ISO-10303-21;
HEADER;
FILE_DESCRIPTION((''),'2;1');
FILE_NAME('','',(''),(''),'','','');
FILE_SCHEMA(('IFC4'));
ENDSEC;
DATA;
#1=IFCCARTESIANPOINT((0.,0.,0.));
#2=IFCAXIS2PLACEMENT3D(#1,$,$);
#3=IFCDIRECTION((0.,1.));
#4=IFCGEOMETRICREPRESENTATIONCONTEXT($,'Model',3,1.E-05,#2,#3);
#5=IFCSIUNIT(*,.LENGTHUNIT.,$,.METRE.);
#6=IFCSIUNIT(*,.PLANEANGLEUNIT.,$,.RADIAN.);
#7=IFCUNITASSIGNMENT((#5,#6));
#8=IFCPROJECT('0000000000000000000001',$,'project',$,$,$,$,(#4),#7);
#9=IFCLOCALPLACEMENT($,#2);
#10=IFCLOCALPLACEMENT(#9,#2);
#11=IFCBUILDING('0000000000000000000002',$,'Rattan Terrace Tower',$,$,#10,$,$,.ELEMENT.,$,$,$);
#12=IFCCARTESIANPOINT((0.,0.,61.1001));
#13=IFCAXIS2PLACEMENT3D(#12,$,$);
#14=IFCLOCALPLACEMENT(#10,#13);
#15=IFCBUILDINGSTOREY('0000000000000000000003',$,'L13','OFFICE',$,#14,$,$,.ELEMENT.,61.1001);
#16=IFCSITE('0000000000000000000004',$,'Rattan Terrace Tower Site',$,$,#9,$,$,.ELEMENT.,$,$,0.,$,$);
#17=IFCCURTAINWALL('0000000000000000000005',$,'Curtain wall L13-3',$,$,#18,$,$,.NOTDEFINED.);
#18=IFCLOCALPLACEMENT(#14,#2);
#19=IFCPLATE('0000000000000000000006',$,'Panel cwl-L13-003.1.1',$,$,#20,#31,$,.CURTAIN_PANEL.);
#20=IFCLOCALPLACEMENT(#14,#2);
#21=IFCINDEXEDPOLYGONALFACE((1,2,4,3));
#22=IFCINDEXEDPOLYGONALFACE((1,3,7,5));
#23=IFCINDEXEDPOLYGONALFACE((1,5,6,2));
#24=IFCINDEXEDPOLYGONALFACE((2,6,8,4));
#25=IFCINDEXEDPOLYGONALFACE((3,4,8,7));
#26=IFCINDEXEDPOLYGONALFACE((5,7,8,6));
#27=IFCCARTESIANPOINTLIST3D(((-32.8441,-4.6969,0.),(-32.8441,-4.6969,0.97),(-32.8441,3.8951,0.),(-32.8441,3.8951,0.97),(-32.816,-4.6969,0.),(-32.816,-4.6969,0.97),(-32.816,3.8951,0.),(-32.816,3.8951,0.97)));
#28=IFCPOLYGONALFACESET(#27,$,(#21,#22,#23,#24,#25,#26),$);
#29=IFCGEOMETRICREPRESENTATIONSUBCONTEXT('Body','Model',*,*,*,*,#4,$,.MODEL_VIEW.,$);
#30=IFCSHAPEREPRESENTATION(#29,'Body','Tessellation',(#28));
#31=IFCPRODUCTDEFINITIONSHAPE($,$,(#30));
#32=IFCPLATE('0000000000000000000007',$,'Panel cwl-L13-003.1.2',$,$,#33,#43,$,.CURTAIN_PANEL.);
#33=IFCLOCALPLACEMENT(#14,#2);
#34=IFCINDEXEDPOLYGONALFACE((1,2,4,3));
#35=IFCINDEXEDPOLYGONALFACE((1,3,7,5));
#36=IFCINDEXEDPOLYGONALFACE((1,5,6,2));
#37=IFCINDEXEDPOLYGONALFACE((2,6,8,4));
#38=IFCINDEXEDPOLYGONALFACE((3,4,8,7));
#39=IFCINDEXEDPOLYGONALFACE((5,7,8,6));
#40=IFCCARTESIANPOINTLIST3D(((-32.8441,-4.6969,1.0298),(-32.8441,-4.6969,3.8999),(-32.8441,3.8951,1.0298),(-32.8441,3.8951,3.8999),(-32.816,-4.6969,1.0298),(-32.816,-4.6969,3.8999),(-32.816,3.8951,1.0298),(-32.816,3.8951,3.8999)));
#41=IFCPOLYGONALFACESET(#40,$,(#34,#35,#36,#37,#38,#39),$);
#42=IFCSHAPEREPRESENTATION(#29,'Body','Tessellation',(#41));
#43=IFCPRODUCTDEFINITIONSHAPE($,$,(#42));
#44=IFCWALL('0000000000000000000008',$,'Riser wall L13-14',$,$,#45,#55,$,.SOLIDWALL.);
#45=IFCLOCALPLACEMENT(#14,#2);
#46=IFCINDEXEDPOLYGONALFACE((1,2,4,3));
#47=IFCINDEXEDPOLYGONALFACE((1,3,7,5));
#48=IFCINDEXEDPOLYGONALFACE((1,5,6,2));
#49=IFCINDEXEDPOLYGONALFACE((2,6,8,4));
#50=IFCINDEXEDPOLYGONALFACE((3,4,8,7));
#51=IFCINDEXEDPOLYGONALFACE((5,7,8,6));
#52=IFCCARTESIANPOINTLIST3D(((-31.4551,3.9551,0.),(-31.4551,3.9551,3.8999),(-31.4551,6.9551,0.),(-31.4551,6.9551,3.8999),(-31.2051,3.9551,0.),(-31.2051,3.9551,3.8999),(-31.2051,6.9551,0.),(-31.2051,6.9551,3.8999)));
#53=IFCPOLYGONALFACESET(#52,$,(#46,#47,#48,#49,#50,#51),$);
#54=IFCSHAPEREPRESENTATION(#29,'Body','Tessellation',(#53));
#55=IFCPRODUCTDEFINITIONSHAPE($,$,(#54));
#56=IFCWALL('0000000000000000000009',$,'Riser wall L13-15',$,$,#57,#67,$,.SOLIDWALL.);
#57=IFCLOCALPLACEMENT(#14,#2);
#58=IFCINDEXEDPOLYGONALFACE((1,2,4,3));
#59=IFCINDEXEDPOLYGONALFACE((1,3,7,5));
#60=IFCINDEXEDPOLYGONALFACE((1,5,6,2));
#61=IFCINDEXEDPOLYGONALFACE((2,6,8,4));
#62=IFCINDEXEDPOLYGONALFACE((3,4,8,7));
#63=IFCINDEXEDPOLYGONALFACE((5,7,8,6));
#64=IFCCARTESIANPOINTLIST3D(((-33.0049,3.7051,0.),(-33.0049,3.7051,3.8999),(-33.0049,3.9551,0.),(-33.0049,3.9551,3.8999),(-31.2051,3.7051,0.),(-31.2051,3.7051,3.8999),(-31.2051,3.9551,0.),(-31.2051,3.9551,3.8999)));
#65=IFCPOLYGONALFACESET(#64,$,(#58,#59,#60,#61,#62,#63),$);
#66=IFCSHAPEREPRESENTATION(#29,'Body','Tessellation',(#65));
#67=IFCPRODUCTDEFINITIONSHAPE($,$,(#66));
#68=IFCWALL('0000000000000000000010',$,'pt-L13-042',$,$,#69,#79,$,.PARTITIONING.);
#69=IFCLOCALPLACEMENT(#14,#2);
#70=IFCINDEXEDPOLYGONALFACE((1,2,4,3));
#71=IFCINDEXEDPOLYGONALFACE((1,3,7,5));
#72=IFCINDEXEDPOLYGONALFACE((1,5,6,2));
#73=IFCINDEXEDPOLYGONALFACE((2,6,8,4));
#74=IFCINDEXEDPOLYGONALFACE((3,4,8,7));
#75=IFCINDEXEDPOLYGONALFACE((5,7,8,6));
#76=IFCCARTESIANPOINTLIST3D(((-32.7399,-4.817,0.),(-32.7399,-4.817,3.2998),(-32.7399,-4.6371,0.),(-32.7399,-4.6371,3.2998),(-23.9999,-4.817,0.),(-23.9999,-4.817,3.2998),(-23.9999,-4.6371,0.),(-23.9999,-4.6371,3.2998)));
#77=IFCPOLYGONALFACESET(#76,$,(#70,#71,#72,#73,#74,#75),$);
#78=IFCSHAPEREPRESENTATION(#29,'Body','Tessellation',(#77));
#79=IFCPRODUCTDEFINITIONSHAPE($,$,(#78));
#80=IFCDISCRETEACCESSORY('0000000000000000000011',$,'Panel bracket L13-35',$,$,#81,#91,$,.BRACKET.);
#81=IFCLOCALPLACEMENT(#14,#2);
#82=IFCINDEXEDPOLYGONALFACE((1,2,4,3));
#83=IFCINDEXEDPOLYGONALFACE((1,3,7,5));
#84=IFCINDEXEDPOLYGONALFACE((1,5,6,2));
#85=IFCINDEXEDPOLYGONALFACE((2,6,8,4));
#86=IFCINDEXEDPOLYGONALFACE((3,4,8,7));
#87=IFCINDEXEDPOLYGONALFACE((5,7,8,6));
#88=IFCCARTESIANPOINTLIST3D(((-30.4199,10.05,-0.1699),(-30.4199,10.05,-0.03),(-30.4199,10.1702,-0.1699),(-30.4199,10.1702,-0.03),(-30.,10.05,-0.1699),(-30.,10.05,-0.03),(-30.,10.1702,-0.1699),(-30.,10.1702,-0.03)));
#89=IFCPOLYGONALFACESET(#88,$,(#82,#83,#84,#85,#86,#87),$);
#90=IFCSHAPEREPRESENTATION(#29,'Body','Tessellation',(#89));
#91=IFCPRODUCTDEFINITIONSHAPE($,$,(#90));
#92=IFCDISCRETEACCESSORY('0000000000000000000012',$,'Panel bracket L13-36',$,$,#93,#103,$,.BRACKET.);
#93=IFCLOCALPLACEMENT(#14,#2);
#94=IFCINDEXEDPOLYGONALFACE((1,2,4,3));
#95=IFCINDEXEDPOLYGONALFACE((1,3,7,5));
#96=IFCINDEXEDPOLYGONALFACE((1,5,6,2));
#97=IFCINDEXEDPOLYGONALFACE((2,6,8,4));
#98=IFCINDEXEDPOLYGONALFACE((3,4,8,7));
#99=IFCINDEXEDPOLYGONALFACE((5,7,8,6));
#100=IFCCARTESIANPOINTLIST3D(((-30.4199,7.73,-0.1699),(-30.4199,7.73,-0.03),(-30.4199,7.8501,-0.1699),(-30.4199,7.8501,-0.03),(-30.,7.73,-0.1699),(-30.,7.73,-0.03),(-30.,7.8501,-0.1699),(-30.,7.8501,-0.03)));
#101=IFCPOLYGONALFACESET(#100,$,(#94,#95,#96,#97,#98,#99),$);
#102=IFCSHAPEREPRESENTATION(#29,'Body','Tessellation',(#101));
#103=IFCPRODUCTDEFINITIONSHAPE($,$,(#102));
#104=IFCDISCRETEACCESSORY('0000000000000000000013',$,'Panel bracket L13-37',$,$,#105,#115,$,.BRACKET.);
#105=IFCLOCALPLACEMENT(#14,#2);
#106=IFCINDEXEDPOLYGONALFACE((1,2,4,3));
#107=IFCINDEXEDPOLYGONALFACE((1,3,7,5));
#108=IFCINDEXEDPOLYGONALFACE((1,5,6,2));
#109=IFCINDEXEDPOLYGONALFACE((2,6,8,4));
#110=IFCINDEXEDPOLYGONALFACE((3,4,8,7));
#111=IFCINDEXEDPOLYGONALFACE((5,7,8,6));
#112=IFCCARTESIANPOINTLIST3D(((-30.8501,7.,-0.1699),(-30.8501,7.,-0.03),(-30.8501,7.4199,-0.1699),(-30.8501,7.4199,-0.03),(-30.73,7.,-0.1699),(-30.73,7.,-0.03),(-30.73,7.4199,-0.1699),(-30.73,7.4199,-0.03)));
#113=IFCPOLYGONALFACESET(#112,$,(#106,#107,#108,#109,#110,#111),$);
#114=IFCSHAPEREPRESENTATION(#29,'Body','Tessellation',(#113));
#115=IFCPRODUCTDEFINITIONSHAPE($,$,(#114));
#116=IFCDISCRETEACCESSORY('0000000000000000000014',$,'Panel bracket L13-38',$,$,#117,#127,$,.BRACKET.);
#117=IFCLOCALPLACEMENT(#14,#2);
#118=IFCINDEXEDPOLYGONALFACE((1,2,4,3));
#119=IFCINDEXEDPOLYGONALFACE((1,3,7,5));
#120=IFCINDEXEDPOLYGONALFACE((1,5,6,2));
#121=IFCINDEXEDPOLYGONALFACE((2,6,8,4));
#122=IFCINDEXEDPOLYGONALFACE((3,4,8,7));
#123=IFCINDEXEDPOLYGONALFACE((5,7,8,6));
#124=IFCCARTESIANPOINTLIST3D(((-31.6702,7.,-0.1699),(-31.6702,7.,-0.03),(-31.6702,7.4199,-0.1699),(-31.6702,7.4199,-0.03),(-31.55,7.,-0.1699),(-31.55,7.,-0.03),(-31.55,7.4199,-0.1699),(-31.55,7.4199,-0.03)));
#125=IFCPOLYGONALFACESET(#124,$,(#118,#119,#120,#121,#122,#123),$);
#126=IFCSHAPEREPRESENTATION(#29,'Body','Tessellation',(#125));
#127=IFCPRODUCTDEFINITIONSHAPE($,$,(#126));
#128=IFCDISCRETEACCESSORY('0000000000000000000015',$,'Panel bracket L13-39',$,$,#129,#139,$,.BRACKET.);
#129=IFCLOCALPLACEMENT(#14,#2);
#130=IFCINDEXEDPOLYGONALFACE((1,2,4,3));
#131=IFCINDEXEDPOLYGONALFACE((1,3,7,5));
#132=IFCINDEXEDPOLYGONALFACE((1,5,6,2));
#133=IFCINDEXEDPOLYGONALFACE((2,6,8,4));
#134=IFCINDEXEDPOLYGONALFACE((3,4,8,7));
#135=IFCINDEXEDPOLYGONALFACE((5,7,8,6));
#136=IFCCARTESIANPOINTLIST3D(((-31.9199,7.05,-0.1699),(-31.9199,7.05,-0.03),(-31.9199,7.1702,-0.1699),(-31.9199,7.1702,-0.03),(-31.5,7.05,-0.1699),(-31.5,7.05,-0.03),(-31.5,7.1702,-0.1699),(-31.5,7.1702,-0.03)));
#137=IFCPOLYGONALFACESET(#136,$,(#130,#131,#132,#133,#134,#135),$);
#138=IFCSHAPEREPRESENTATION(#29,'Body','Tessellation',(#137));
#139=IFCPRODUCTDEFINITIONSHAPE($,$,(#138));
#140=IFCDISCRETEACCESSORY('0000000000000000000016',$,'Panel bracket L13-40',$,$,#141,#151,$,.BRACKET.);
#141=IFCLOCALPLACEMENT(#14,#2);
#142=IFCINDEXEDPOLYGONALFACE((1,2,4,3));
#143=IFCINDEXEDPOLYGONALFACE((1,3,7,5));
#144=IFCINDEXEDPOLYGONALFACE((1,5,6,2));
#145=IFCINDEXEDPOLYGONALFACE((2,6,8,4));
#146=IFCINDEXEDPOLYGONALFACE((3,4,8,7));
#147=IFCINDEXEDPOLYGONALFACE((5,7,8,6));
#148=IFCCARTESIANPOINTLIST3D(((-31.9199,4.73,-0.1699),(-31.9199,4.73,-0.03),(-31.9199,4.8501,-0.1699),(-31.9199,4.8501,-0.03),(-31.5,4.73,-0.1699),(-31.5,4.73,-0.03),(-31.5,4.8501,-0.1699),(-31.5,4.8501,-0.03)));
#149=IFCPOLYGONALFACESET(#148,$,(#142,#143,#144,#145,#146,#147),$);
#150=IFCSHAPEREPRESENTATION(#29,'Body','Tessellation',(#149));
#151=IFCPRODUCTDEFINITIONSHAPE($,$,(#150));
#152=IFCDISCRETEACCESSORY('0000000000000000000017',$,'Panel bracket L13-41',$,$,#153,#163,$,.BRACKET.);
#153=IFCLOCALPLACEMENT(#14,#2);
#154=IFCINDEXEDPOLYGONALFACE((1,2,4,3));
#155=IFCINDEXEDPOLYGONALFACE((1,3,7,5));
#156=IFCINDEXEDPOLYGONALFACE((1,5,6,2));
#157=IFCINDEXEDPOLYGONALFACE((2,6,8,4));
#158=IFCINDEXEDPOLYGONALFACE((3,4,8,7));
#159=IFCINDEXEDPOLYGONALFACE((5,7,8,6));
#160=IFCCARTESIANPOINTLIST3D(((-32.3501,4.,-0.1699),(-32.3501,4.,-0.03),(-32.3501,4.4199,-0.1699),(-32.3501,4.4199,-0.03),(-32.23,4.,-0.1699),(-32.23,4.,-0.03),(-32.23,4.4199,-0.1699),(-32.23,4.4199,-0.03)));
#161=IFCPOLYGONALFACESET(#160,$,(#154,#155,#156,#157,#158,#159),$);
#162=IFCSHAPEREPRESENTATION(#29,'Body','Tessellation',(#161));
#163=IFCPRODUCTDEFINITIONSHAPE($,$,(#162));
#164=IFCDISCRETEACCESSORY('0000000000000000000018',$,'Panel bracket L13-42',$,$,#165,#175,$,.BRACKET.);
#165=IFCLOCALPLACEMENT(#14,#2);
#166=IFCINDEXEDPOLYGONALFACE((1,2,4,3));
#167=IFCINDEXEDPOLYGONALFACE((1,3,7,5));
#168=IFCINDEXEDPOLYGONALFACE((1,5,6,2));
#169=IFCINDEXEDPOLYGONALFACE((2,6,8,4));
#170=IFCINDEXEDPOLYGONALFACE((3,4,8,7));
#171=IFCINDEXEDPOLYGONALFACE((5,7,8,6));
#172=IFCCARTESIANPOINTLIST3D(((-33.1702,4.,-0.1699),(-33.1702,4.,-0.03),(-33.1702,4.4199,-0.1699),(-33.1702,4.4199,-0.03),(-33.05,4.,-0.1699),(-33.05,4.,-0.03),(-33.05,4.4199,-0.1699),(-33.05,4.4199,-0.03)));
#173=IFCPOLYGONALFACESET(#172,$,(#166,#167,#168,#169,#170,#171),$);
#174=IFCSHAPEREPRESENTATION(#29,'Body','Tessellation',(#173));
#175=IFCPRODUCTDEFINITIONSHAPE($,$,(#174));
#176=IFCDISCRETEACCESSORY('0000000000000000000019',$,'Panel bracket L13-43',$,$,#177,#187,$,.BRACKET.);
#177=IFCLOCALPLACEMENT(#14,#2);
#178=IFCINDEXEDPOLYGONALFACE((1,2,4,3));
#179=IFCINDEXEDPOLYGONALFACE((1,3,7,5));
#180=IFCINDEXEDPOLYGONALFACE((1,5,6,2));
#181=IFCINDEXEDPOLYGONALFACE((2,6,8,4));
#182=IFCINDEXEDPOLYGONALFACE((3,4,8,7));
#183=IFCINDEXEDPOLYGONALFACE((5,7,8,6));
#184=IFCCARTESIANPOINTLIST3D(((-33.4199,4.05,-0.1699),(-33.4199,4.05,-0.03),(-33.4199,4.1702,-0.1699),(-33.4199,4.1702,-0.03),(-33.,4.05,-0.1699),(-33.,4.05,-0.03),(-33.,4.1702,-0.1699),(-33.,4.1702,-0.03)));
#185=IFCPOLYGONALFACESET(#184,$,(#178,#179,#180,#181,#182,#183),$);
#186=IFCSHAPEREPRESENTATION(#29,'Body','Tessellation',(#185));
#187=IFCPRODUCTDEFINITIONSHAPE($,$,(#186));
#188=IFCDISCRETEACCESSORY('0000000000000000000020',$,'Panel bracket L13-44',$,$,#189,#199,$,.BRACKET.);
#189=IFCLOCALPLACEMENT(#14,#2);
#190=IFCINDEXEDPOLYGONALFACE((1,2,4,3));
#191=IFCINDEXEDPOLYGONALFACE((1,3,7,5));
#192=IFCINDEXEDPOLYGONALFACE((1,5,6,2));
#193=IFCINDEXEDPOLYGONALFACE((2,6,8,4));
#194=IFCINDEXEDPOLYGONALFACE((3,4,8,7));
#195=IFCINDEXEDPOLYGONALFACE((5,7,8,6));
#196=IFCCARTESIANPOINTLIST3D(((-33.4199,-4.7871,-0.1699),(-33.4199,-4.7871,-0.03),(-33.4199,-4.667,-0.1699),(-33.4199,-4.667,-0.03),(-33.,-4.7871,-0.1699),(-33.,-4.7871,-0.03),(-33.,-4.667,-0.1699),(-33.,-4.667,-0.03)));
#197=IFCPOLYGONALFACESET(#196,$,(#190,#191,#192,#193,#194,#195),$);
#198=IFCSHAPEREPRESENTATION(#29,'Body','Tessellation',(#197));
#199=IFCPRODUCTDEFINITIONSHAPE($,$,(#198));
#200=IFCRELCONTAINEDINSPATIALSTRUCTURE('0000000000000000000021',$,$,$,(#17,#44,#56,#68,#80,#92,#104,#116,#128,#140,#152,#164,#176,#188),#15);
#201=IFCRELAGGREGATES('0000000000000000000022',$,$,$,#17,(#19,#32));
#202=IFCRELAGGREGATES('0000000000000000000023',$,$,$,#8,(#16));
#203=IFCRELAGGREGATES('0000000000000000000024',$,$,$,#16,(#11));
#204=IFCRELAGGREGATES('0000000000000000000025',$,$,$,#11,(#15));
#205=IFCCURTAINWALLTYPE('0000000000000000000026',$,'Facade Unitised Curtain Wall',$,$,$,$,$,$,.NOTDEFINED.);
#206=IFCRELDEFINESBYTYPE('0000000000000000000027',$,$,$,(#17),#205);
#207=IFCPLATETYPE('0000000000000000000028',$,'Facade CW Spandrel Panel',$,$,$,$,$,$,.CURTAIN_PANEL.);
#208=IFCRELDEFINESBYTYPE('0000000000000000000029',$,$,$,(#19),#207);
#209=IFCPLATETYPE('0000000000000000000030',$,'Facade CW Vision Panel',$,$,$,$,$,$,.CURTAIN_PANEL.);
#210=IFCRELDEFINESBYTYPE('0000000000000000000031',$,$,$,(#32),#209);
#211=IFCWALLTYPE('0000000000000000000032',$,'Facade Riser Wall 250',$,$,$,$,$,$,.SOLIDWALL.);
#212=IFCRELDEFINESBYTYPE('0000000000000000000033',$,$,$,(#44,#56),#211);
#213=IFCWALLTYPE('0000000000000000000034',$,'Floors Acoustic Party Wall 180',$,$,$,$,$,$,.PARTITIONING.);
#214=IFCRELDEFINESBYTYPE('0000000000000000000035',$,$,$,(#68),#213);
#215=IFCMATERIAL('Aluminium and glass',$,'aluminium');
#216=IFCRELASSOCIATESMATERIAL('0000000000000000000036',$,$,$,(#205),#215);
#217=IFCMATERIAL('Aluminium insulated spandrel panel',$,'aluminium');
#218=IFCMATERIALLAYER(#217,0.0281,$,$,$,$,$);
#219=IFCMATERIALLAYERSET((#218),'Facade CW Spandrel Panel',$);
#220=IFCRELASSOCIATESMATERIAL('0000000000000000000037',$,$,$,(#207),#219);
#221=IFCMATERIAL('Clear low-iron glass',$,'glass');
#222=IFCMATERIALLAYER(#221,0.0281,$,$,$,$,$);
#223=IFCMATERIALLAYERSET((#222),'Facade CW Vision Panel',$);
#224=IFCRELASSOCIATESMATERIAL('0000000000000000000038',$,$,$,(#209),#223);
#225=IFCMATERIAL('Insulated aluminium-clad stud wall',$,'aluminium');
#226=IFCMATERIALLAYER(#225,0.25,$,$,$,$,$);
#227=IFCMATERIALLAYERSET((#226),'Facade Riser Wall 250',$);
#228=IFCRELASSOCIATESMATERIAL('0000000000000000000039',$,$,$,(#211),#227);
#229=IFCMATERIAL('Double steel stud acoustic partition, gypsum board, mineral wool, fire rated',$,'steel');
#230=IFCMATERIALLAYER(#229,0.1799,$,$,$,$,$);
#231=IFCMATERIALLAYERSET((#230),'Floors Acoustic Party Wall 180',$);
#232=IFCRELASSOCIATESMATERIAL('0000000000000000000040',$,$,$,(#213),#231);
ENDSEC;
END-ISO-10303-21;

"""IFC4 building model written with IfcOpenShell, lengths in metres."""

from ifc_helpers import new_model, si_unit, direction, frame, frame_2d, origin, origin_2d, place, context, subcontext, project, spatial, rectangle, extrude, material, layer, layer_set, type_object, element, aggregate, save


model = new_model("IFC4")

# Units and contexts
model_context = context("Model", 3, precision=1e-05, world=origin(), true_north=direction((0.0, 1.0)))
body_context = subcontext(model_context, "Body", "Model", "MODEL_VIEW")
ifc_project = project(units=[si_unit("LENGTHUNIT", "METRE"), si_unit("PLANEANGLEUNIT", "RADIAN")], contexts=[model_context])

# Site, building, storey
site_placement = place(None, origin())
site = spatial("IfcSite", under=ifc_project, at=site_placement, Name="Rattan Terrace Tower Site", CompositionType="ELEMENT", RefElevation=0.0)
building_placement = place(site_placement, origin())
building = spatial("IfcBuilding", under=site, at=building_placement, Name="Rattan Terrace Tower", CompositionType="ELEMENT")
storey_placement = place(building_placement, frame((0.0, 0.0, 61.1001)))
storey = spatial("IfcBuildingStorey", under=building, at=storey_placement, Name="L13", Description="OFFICE", CompositionType="ELEMENT", Elevation=61.1001)

# Curtain wall
ifc_material_1 = material(Name="Aluminium and glass", Category="aluminium")
curtain_wall_type = type_object("IfcCurtainWallType", Name="Facade Unitised Curtain Wall", PredefinedType="NOTDEFINED", material=ifc_material_1)
curtain_wall_placement = place(storey_placement, origin())
curtain_wall = element("IfcCurtainWall", 1, at=curtain_wall_placement, inside=storey, type_object=curtain_wall_type, Name="Curtain wall L13-3", PredefinedType="NOTDEFINED")

# Plates
ifc_material_2 = material(Name="Aluminium insulated spandrel panel", Category="aluminium")
ifc_layer_1 = layer(ifc_material_2, 0.0281)
ifc_layer_set_1 = layer_set([ifc_layer_1], Name="Facade CW Spandrel Panel")
plate_type_1 = type_object("IfcPlateType", Name="Facade CW Spandrel Panel", PredefinedType="CURTAIN_PANEL", material=ifc_layer_set_1)
plate_1_placement = place(storey_placement, frame((-32.8301, -0.4009, 0.0), z_axis=(0.0, 0.0, 1.0), x_axis=(0.0, -1.0, 0.0)))
plate_1 = element("IfcPlate", 2, at=plate_1_placement, type_object=plate_type_1, Name="Panel cwl-L13-003.1.1", PredefinedType="CURTAIN_PANEL", context=body_context, shape_type="SweptSolid", body=[
    extrude(rectangle(XDim=8.592, YDim=0.0281, at=origin_2d()), origin(), (0.0, 0.0, 1.0), 0.97),
])
ifc_material_3 = material(Name="Clear low-iron glass", Category="glass")
ifc_layer_2 = layer(ifc_material_3, 0.0281)
ifc_layer_set_2 = layer_set([ifc_layer_2], Name="Facade CW Vision Panel")
plate_type_2 = type_object("IfcPlateType", Name="Facade CW Vision Panel", PredefinedType="CURTAIN_PANEL", material=ifc_layer_set_2)
plate_2_placement = place(storey_placement, frame((-32.8301, -0.4009, 1.0298), z_axis=(0.0, 0.0, 1.0), x_axis=(0.0, -1.0, 0.0)))
plate_2 = element("IfcPlate", 3, at=plate_2_placement, type_object=plate_type_2, Name="Panel cwl-L13-003.1.2", PredefinedType="CURTAIN_PANEL", context=body_context, shape_type="SweptSolid", body=[
    extrude(rectangle(XDim=8.592, YDim=0.0281, at=origin_2d()), origin(), (0.0, 0.0, 1.0), 2.8701),
])
aggregate(curtain_wall, [plate_1, plate_2])

# Walls
ifc_material_4 = material(Name="Insulated aluminium-clad stud wall", Category="aluminium")
ifc_layer_3 = layer(ifc_material_4, 0.25)
ifc_layer_set_3 = layer_set([ifc_layer_3], Name="Facade Riser Wall 250")
wall_type_1 = type_object("IfcWallType", Name="Facade Riser Wall 250", PredefinedType="SOLIDWALL", material=ifc_layer_set_3)
wall_1_placement = place(storey_placement, frame((-31.3301, 6.9551, 0.0), z_axis=(0.0, 0.0, 1.0), x_axis=(0.0, -1.0, 0.0)))
element("IfcWall", 4, at=wall_1_placement, inside=storey, type_object=wall_type_1, Name="Riser wall L13-14", PredefinedType="SOLIDWALL", context=body_context, shape_type="SweptSolid", body=[
    extrude(rectangle(XDim=3.0, YDim=0.25, at=frame_2d((1.5, 0.0))), origin(), (0.0, 0.0, 1.0), 3.8999),
])
wall_2_placement = place(storey_placement, frame((-31.2051, 3.8301, 0.0), z_axis=(0.0, 0.0, 1.0), x_axis=(-1.0, 0.0, 0.0)))
element("IfcWall", 5, at=wall_2_placement, inside=storey, type_object=wall_type_1, Name="Riser wall L13-15", PredefinedType="SOLIDWALL", context=body_context, shape_type="SweptSolid", body=[
    extrude(rectangle(XDim=1.7998, YDim=0.25, at=frame_2d((0.8999, 0.0))), origin(), (0.0, 0.0, 1.0), 3.8999),
])
ifc_material_5 = material(Name="Double steel stud acoustic partition, gypsum board, mineral wool, fire rated", Category="steel")
ifc_layer_4 = layer(ifc_material_5, 0.1799)
ifc_layer_set_4 = layer_set([ifc_layer_4], Name="Floors Acoustic Party Wall 180")
wall_type_2 = type_object("IfcWallType", Name="Floors Acoustic Party Wall 180", PredefinedType="PARTITIONING", material=ifc_layer_set_4)
wall_3_placement = place(storey_placement, frame((-32.74, -4.7271, 0.0), z_axis=(0.0, 0.0, 1.0), x_axis=(1.0, 0.0, 0.0)))
element("IfcWall", 6, at=wall_3_placement, inside=storey, type_object=wall_type_2, Name="pt-L13-042", PredefinedType="PARTITIONING", context=body_context, shape_type="SweptSolid", body=[
    extrude(rectangle(XDim=8.74, YDim=0.1799, at=frame_2d((4.3701, 0.0))), origin(), (0.0, 0.0, 1.0), 3.2998),
])

# Discrete accessories
for number, where, z_axis, x_axis, name in (
    (7, (-30.21, 10.1101, -0.1699), (0.0, 0.0, 1.0), (0.0, -1.0, 0.0), "Panel bracket L13-35"),
    (8, (-30.21, 7.79, -0.1699), (0.0, 0.0, 1.0), (0.0, -1.0, 0.0), "Panel bracket L13-36"),
    (9, (-30.79, 7.21, -0.1699), (0.0, 0.0, 1.0), (-1.0, 0.0, 0.0), "Panel bracket L13-37"),
    (10, (-31.6101, 7.21, -0.1699), (0.0, 0.0, 1.0), (-1.0, 0.0, 0.0), "Panel bracket L13-38"),
    (11, (-31.71, 7.1101, -0.1699), (0.0, 0.0, 1.0), (0.0, -1.0, 0.0), "Panel bracket L13-39"),
    (12, (-31.71, 4.79, -0.1699), (0.0, 0.0, 1.0), (0.0, -1.0, 0.0), "Panel bracket L13-40"),
    (13, (-32.29, 4.21, -0.1699), (0.0, 0.0, 1.0), (-1.0, 0.0, 0.0), "Panel bracket L13-41"),
    (14, (-33.1101, 4.21, -0.1699), (0.0, 0.0, 1.0), (-1.0, 0.0, 0.0), "Panel bracket L13-42"),
    (15, (-33.21, 4.1101, -0.1699), (0.0, 0.0, 1.0), (0.0, -1.0, 0.0), "Panel bracket L13-43"),
    (16, (-33.21, -4.7271, -0.1699), (0.0, 0.0, 1.0), (0.0, -1.0, 0.0), "Panel bracket L13-44"),
):
    element("IfcDiscreteAccessory", number, at=place(storey_placement, frame(where, z_axis=z_axis, x_axis=x_axis)), inside=storey, Name=name, PredefinedType="BRACKET", context=body_context, shape_type="SweptSolid", body=[
        extrude(rectangle(XDim=0.1201, YDim=0.4199, at=origin_2d()), origin(), (0.0, 0.0, 1.0), 0.1399),
    ])

save(model, "model.ifc")
